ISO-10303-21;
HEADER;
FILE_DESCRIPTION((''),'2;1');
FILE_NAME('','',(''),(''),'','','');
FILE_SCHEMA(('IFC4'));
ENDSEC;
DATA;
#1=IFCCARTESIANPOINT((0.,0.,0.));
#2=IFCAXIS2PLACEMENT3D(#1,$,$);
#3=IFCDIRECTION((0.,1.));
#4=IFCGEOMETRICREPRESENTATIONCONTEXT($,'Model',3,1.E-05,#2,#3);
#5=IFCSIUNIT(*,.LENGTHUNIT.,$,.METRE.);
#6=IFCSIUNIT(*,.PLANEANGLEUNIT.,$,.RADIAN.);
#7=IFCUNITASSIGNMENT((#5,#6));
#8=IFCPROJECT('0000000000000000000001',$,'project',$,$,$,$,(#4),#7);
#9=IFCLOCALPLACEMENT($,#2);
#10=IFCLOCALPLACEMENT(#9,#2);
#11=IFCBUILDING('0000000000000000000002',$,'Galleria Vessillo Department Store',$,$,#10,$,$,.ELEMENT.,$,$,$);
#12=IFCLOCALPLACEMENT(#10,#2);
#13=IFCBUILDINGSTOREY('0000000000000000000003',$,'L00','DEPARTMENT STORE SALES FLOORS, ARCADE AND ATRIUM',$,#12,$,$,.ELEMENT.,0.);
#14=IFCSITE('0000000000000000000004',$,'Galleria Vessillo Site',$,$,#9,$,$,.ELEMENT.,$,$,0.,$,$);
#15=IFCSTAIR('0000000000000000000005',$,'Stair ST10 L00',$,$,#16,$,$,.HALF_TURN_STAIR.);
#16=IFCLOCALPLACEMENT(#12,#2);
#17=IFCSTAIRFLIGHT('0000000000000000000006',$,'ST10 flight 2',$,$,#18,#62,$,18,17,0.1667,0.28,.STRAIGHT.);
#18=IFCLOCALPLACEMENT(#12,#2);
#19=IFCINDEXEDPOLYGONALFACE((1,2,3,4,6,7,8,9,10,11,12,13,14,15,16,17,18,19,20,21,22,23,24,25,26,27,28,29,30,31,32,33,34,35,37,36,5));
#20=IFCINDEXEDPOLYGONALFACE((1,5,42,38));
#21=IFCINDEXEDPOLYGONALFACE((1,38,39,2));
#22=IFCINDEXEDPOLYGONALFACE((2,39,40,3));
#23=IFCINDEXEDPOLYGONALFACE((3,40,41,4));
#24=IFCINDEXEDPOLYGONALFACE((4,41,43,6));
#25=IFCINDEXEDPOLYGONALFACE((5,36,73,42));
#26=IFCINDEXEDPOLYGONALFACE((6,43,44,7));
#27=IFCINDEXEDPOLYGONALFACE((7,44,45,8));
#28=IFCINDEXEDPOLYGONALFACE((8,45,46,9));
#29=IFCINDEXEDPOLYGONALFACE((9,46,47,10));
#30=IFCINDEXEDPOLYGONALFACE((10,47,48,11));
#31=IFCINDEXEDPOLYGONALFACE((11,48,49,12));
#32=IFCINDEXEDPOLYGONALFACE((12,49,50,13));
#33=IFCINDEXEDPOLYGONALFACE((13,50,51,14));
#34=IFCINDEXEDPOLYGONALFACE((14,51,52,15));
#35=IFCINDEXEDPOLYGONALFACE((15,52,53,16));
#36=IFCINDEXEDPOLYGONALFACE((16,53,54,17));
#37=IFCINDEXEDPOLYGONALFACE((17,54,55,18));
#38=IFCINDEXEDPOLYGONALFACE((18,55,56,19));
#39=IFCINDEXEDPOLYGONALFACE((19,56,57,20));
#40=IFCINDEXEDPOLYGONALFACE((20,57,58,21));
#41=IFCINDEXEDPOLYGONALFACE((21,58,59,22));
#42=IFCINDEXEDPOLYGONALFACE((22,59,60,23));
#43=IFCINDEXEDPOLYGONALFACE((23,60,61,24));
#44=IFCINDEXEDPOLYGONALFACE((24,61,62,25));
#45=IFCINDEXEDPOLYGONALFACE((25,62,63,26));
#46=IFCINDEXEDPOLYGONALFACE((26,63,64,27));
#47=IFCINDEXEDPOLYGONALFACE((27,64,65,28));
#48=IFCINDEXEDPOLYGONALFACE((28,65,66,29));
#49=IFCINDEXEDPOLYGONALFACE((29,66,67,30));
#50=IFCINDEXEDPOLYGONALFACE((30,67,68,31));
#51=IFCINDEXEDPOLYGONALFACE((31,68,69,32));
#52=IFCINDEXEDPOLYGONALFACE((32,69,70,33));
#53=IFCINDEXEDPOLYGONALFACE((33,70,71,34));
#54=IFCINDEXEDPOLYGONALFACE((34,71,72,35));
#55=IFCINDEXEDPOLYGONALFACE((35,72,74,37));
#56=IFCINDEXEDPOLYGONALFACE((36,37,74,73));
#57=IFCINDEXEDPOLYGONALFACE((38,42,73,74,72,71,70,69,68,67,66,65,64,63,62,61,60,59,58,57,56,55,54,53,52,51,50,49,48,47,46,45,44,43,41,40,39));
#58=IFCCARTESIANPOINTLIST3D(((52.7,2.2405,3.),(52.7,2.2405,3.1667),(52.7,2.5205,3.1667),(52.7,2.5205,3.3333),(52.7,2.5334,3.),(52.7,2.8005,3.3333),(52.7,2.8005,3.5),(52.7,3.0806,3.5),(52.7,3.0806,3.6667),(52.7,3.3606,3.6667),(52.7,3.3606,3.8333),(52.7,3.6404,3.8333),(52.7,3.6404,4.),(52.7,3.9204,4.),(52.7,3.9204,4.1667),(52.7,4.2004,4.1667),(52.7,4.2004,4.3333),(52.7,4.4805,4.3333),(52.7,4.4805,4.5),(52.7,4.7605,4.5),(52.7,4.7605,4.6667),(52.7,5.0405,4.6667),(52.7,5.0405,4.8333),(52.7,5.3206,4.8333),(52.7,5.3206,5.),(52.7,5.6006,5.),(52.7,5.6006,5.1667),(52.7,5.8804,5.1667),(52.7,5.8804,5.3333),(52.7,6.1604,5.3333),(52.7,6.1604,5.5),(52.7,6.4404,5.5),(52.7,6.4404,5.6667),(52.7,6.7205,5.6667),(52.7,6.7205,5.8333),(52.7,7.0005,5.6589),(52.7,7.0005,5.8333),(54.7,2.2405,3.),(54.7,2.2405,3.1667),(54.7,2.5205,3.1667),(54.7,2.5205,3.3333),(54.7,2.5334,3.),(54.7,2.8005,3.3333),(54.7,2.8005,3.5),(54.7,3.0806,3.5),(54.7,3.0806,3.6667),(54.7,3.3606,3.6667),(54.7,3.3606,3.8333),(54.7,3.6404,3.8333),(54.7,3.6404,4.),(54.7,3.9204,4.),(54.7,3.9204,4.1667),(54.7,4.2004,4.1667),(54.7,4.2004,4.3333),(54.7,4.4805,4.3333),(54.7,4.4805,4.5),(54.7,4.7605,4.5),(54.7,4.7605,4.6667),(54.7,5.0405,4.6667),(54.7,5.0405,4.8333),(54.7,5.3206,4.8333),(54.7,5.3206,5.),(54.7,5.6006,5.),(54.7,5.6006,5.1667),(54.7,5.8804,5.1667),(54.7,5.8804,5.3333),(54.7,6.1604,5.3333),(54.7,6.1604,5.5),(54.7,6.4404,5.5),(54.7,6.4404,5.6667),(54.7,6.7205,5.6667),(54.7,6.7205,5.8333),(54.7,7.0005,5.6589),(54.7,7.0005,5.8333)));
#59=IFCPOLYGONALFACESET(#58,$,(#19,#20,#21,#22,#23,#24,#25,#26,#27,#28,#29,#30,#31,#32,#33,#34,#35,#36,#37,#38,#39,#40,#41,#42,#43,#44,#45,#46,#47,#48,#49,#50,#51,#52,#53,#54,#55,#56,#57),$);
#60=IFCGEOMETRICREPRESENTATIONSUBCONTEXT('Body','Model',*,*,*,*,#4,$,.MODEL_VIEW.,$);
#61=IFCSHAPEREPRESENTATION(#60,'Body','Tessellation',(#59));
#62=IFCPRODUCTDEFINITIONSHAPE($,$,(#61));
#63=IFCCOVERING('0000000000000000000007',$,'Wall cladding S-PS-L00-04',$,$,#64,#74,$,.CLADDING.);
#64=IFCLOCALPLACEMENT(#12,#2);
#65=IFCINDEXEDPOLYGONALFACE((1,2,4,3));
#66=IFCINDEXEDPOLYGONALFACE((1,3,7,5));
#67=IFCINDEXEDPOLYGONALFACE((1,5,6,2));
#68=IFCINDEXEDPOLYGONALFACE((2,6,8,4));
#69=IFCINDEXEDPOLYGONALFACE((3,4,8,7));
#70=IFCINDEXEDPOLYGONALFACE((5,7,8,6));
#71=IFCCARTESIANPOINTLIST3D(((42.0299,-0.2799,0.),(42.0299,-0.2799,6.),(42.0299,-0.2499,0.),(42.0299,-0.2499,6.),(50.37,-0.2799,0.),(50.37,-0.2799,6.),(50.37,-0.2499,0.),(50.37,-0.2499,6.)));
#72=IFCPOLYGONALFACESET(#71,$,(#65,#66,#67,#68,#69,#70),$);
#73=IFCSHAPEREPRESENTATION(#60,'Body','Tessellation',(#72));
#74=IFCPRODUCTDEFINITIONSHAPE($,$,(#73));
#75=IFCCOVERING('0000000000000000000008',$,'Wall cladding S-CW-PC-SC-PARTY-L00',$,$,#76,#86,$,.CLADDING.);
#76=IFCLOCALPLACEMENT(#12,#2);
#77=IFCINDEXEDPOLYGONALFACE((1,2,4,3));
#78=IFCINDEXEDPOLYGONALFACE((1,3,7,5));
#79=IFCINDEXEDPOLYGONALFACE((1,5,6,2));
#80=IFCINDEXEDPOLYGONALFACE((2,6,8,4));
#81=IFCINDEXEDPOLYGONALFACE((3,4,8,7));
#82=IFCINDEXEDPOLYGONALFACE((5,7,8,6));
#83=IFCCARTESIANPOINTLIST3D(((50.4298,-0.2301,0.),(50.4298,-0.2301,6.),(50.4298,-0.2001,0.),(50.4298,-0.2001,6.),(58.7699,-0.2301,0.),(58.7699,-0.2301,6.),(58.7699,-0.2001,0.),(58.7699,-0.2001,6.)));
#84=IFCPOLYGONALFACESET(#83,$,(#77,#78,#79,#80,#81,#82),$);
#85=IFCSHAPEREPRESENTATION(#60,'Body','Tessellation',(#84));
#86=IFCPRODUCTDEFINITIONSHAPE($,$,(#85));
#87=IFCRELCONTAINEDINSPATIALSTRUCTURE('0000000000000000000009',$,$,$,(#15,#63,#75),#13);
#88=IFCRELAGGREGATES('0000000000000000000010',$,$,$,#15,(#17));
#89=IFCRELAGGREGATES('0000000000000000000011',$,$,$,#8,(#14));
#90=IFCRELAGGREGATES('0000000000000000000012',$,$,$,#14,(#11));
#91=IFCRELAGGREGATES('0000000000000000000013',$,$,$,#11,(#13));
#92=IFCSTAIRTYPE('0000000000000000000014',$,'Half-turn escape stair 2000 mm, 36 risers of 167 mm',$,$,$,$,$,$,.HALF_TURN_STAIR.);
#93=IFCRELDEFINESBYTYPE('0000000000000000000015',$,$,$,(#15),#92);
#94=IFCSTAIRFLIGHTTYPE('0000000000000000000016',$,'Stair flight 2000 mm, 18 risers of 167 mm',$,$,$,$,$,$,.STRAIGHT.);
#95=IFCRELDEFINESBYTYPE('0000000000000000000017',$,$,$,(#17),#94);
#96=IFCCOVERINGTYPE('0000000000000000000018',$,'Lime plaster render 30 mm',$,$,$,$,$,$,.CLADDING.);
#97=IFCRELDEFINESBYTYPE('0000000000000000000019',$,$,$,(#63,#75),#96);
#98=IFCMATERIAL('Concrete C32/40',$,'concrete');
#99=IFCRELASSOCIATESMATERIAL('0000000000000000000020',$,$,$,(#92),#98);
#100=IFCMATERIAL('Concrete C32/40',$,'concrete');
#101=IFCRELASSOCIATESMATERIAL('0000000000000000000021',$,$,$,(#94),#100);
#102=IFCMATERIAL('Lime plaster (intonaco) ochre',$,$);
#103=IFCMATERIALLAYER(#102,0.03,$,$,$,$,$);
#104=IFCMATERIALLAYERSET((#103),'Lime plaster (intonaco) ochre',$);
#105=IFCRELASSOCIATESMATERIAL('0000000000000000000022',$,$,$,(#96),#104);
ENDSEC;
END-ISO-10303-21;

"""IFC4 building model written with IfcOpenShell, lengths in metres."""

from ifc_helpers import new_model, si_unit, direction, frame, origin, origin_2d, place, context, subcontext, project, spatial, polyline, rectangle, outline, extrude, material, layer, layer_set, type_object, element, aggregate, save


model = new_model("IFC4")

# Units and contexts
model_context = context("Model", 3, precision=1e-05, world=origin(), true_north=direction((0.0, 1.0)))
body_context = subcontext(model_context, "Body", "Model", "MODEL_VIEW")
ifc_project = project(units=[si_unit("LENGTHUNIT", "METRE"), si_unit("PLANEANGLEUNIT", "RADIAN")], contexts=[model_context])

# Site, building, storey
site_placement = place(None, origin())
site = spatial("IfcSite", under=ifc_project, at=site_placement, Name="Galleria Vessillo Site", CompositionType="ELEMENT", RefElevation=0.0)
building_placement = place(site_placement, origin())
building = spatial("IfcBuilding", under=site, at=building_placement, Name="Galleria Vessillo Department Store", CompositionType="ELEMENT")
storey_placement = place(building_placement, origin())
storey = spatial("IfcBuildingStorey", under=building, at=storey_placement, Name="L00", Description="DEPARTMENT STORE SALES FLOORS, ARCADE AND ATRIUM", CompositionType="ELEMENT", Elevation=0.0)

# Stair, stair flight
ifc_material_1 = material(Name="Concrete C32/40", Category="concrete")
stair_type = type_object("IfcStairType", Name="Half-turn escape stair 2000 mm, 36 risers of 167 mm", PredefinedType="HALF_TURN_STAIR", material=ifc_material_1)
stair_placement = place(storey_placement, origin())
stair = element("IfcStair", 1, at=stair_placement, inside=storey, type_object=stair_type, Name="Stair ST10 L00", PredefinedType="HALF_TURN_STAIR")
ifc_material_2 = material(Name="Concrete C32/40", Category="concrete")
stair_flight_type = type_object("IfcStairFlightType", Name="Stair flight 2000 mm, 18 risers of 167 mm", PredefinedType="STRAIGHT", material=ifc_material_2)
stair_flight_1_placement = place(storey_placement, frame((53.7, 2.2405, 3.0), z_axis=(0.0, 0.0, 1.0), x_axis=(0.0, 1.0, 0.0)))
stair_flight_1 = element("IfcStairFlight", 2, at=stair_flight_1_placement, type_object=stair_flight_type, Name="ST10 flight 2", NumberOfRisers=18, NumberOfTreads=17, PredefinedType="STRAIGHT", RiserHeight=0.1667, TreadLength=0.28, context=body_context, shape_type="SweptSolid", body=[
    extrude(outline(polyline([(0.0, 0.0), (0.0, 0.1667), (0.28, 0.1667), (0.28, 0.3333), (0.5601, 0.3333), (0.5601, 0.5), (0.8401, 0.5), (0.8401, 0.6667), (1.1201, 0.6667), (1.1201, 0.8333), (1.3999, 0.8333), (1.3999, 1.0), (1.6799, 1.0), (1.6799, 1.1667), (1.96, 1.1667), (1.96, 1.3333), (2.24, 1.3333), (2.24, 1.5), (2.52, 1.5), (2.52, 1.6667), (2.8, 1.6667), (2.8, 1.8333), (3.0801, 1.8333), (3.0801, 2.0), (3.3601, 2.0), (3.3601, 2.1667), (3.6399, 2.1667), (3.6399, 2.3333), (3.9199, 2.3333), (3.9199, 2.5), (4.2, 2.5), (4.2, 2.6667), (4.48, 2.6667), (4.48, 2.8333), (4.76, 2.8333), (4.76, 3.0), (4.76, 2.6589), (0.293, 0.0), (0.0, 0.0)])), frame((0.0, 1.0, 0.0), z_axis=(0.0, -1.0, 0.0), x_axis=(1.0, 0.0, 0.0)), (0.0, 0.0, 1.0), 2.0),
])
aggregate(stair, [stair_flight_1])

# Coverings
ifc_material_3 = material(Name="Lime plaster (intonaco) ochre")
ifc_layer_1 = layer(ifc_material_3, 0.03)
ifc_layer_set_1 = layer_set([ifc_layer_1], Name="Lime plaster (intonaco) ochre")
covering_type = type_object("IfcCoveringType", Name="Lime plaster render 30 mm", PredefinedType="CLADDING", material=ifc_layer_set_1)
for number, where, z_axis, x_axis, name in (
    (3, (46.2, -0.2649, 0.0), (0.0, 0.0, 1.0), (1.0, 0.0, 0.0), "Wall cladding S-PS-L00-04"),
    (4, (54.5999, -0.2151, 0.0), (0.0, 0.0, 1.0), (1.0, 0.0, 0.0), "Wall cladding S-CW-PC-SC-PARTY-L00"),
):
    element("IfcCovering", number, at=place(storey_placement, frame(where, z_axis=z_axis, x_axis=x_axis)), inside=storey, type_object=covering_type, Name=name, PredefinedType="CLADDING", context=body_context, shape_type="SweptSolid", body=[
        extrude(rectangle(XDim=8.3401, YDim=0.03, at=origin_2d()), origin(), (0.0, 0.0, 1.0), 6.0),
    ])

save(model, "model.ifc")
